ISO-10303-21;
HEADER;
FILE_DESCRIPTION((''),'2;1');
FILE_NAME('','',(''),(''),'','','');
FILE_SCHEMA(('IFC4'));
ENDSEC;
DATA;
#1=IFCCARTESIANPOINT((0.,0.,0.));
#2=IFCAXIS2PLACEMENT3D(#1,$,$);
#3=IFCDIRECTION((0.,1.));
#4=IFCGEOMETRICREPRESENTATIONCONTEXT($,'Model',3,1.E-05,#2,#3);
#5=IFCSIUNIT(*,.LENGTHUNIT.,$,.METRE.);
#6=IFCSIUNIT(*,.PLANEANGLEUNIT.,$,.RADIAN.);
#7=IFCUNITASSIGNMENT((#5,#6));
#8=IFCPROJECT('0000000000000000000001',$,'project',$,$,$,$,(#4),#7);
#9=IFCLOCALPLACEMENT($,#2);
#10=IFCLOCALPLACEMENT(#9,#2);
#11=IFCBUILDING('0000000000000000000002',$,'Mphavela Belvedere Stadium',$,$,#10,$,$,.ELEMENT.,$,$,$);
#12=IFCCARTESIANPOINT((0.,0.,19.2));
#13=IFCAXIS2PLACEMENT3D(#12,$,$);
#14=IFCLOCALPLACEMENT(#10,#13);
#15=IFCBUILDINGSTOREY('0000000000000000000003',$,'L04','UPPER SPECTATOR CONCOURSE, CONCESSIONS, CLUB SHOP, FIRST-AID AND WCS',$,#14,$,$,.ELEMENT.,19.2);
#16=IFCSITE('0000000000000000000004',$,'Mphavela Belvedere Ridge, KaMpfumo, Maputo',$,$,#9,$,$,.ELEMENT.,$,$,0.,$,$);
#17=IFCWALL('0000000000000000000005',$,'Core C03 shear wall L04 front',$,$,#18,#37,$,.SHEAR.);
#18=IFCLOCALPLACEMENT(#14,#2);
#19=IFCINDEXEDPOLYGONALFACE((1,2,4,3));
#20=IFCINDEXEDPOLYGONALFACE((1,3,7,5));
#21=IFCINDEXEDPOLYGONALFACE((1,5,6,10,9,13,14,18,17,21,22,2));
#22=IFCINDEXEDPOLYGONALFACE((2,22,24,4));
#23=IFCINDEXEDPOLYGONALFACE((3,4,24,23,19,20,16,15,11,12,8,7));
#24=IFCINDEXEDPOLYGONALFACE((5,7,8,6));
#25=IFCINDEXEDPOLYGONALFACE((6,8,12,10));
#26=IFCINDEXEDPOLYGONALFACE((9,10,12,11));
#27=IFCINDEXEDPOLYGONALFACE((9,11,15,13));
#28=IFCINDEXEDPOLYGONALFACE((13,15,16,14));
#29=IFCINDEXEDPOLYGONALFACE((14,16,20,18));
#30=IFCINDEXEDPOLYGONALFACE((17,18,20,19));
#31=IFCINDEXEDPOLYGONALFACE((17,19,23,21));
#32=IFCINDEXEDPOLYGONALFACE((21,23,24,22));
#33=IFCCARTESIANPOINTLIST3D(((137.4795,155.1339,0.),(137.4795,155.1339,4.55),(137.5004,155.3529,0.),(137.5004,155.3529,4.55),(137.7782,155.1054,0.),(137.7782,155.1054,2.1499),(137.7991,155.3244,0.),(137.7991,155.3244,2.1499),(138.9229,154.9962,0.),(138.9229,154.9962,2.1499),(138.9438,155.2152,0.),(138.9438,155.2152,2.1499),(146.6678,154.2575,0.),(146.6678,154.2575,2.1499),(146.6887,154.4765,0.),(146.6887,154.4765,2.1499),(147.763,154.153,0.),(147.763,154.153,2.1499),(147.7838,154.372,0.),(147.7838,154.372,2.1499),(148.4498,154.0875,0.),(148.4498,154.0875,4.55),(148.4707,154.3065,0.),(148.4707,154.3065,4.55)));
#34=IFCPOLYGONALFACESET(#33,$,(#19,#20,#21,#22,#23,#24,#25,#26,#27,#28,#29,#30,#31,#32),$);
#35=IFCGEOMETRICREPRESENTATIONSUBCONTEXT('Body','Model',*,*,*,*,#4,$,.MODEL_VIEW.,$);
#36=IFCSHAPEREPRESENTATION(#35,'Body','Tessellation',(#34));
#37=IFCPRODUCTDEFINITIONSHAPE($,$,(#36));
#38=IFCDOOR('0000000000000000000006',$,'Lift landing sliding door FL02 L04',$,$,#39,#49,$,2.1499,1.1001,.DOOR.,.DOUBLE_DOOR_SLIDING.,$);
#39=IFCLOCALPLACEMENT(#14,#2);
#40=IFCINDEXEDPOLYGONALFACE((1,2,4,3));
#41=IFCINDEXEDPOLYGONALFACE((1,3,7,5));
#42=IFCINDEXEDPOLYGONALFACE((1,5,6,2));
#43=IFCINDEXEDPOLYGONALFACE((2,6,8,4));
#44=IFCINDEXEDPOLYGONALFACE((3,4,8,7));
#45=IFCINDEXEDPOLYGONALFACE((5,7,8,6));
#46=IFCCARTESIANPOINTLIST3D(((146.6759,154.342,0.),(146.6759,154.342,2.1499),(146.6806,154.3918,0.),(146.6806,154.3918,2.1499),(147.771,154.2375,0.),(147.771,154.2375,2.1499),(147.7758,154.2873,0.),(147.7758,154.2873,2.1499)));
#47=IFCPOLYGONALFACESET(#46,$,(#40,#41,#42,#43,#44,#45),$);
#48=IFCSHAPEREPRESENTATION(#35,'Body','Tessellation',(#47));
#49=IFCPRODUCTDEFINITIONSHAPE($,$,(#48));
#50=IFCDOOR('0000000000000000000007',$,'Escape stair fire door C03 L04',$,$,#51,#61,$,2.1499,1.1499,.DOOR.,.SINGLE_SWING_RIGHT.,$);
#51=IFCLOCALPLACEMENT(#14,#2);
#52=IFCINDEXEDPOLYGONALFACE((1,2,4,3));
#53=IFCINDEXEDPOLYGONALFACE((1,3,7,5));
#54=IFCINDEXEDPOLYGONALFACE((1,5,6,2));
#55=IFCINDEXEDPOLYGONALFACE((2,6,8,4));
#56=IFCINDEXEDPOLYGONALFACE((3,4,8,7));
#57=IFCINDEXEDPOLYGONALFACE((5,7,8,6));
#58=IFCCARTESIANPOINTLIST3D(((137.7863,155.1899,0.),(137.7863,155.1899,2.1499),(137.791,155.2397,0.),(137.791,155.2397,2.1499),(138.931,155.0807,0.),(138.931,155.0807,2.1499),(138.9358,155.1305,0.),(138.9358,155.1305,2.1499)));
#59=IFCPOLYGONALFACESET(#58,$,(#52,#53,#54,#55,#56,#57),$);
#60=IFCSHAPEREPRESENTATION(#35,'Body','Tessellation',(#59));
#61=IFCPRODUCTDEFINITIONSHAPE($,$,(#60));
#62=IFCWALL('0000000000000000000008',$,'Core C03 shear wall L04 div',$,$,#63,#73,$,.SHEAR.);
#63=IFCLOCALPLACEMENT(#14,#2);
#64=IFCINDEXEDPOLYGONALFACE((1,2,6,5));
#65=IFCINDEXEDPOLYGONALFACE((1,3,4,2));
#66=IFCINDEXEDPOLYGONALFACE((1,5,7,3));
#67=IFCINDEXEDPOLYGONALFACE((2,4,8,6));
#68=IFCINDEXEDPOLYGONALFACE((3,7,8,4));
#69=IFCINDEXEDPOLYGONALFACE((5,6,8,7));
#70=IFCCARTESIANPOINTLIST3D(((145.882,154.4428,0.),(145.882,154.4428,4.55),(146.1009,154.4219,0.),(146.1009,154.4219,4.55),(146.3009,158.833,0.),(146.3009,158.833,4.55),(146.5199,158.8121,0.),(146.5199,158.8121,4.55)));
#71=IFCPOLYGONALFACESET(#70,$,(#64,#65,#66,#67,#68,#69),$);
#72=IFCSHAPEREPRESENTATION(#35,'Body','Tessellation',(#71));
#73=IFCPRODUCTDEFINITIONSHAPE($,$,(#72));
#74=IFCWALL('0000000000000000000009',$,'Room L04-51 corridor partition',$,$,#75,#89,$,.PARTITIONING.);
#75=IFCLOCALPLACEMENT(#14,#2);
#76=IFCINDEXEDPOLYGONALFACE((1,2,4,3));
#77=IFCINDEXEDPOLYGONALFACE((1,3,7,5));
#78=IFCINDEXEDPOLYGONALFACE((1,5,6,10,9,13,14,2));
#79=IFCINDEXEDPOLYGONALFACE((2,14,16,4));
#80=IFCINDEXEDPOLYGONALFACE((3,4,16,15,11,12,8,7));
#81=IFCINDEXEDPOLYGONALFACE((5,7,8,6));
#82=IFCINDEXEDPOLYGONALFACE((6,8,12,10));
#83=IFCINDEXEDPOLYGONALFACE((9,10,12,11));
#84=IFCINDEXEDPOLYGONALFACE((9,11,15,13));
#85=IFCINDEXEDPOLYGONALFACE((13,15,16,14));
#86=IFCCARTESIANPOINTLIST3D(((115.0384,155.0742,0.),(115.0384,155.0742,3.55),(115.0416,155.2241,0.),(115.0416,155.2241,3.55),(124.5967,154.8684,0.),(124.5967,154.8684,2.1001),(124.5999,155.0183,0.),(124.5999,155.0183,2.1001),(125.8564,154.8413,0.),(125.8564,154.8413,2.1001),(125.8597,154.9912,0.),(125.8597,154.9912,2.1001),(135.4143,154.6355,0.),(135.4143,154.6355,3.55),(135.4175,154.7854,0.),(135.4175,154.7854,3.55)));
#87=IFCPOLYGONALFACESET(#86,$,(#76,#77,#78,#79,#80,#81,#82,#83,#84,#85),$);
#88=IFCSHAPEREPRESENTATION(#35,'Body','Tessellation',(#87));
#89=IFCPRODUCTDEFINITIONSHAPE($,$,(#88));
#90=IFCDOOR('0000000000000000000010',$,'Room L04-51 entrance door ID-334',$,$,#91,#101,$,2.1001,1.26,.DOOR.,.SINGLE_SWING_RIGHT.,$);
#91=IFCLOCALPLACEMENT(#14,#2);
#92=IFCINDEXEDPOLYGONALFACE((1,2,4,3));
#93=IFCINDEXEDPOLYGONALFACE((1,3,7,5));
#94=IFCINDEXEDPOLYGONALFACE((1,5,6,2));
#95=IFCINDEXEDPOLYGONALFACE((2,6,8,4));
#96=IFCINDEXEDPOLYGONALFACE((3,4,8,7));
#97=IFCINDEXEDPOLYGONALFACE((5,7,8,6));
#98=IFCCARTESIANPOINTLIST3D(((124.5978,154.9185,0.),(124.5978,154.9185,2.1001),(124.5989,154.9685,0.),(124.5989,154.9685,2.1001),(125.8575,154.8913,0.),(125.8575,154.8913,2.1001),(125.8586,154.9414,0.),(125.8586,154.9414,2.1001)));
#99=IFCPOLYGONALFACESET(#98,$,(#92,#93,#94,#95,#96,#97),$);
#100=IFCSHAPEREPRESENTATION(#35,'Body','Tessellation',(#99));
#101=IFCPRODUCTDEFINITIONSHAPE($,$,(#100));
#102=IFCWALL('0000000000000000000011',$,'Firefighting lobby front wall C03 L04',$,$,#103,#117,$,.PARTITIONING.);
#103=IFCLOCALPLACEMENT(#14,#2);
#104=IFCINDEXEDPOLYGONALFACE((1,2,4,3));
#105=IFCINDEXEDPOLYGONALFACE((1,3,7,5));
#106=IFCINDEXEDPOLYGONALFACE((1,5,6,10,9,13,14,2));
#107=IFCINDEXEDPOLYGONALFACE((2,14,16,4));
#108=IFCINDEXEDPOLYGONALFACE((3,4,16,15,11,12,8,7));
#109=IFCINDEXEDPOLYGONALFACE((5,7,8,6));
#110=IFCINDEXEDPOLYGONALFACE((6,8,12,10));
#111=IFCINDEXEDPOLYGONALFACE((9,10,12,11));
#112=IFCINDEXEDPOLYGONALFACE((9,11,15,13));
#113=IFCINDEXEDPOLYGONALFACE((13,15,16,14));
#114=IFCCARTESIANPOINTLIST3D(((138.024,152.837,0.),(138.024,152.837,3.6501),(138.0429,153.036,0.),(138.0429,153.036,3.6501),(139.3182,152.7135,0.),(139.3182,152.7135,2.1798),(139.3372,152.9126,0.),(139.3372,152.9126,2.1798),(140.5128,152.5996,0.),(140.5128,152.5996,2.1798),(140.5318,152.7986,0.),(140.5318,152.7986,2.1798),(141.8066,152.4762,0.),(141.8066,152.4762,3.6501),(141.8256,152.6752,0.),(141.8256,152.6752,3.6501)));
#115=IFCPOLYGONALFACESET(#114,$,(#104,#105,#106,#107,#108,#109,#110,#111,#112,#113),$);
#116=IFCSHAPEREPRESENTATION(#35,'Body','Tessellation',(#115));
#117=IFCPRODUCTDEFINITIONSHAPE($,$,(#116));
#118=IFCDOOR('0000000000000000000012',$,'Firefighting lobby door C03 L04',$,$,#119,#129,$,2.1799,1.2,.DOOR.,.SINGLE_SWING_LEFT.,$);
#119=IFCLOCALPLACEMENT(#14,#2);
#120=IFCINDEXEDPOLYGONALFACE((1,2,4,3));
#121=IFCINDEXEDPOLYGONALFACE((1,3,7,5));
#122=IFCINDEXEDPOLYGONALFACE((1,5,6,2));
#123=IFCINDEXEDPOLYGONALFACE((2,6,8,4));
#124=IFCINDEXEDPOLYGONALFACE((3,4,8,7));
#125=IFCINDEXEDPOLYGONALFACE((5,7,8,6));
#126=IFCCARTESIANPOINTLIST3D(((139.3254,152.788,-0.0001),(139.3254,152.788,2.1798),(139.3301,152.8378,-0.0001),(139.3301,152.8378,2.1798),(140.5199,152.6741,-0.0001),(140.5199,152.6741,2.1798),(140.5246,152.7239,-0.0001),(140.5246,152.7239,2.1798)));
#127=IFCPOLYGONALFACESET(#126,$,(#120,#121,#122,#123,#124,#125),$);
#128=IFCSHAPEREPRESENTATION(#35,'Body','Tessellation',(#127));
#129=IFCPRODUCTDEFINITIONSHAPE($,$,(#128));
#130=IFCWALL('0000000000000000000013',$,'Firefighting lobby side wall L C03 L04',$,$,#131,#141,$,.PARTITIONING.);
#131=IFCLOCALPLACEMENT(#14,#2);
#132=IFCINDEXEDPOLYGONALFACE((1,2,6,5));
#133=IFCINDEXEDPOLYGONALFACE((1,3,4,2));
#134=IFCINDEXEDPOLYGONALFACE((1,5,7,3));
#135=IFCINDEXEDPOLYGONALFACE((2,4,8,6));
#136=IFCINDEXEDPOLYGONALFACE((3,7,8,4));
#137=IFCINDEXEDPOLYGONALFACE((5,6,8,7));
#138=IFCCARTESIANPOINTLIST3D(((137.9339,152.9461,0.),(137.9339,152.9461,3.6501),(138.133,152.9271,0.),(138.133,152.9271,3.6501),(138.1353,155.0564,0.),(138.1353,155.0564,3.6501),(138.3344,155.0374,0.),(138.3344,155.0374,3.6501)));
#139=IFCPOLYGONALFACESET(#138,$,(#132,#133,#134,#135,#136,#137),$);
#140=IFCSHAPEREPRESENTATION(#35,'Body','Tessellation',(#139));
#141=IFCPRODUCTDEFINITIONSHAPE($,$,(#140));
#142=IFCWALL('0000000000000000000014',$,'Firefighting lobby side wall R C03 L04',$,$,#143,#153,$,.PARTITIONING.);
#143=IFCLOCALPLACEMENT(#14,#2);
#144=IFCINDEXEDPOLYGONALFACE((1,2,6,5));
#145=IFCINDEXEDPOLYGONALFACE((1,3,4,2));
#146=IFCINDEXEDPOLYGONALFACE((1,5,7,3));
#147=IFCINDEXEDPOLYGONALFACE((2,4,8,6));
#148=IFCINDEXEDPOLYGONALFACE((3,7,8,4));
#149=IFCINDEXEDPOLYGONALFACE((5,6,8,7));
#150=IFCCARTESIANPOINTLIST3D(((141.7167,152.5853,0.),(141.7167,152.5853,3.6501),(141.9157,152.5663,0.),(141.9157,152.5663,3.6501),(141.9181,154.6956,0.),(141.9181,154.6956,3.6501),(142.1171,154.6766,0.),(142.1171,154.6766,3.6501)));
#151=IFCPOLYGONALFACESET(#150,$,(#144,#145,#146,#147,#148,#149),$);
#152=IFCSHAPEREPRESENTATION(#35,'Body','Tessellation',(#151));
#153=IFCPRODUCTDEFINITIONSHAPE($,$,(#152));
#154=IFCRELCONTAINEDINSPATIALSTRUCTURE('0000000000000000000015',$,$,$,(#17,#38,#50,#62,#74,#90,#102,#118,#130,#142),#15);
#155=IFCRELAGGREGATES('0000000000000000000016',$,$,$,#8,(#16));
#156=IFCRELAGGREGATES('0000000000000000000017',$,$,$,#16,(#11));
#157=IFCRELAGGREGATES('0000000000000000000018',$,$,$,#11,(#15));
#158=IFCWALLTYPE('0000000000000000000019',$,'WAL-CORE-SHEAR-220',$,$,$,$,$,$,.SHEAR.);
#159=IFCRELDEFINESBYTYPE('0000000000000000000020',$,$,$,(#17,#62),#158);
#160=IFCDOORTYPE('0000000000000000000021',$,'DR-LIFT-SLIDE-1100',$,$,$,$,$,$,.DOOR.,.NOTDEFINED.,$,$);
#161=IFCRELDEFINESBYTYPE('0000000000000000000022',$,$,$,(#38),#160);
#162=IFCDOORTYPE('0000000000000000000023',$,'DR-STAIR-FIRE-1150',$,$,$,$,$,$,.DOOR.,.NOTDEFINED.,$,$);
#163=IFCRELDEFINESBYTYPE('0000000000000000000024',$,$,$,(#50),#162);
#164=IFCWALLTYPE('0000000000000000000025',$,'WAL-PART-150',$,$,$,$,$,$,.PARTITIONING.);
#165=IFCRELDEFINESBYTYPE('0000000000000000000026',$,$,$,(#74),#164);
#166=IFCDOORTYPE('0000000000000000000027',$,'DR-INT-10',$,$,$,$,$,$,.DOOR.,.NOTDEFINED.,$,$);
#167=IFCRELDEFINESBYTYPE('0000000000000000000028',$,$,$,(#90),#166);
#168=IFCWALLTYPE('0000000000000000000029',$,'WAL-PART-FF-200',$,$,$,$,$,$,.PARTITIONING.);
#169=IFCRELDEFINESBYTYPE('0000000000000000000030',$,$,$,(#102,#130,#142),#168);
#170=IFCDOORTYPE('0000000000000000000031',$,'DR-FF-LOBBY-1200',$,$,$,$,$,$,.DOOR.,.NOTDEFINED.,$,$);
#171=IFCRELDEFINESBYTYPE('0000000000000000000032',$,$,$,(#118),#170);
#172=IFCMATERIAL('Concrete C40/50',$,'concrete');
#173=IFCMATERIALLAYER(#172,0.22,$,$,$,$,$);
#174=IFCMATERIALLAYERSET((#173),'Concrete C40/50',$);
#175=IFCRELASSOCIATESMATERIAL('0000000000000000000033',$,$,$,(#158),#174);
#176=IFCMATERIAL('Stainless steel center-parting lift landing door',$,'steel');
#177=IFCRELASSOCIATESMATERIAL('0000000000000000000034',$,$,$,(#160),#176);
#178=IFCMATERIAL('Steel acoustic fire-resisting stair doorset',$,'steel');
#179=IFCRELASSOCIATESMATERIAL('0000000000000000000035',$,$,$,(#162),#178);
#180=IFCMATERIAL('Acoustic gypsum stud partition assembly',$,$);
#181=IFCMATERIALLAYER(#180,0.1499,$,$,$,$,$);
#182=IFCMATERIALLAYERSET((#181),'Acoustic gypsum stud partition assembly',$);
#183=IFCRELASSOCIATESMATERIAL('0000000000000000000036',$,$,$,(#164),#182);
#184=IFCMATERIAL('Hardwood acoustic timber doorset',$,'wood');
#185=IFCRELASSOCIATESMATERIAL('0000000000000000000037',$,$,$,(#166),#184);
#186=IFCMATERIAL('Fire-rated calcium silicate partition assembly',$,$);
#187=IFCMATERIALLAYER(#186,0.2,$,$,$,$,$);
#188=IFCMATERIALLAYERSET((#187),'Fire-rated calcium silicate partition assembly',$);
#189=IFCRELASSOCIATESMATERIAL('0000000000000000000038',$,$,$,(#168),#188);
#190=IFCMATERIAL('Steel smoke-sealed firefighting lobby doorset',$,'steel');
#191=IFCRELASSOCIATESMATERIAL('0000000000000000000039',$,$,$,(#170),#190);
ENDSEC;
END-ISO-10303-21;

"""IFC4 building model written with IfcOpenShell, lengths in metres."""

from ifc_helpers import new_model, si_unit, direction, frame, frame_2d, origin, place, context, subcontext, project, spatial, rectangle, extrude, material, layer, layer_set, type_object, element, fill, save


model = new_model("IFC4")

# Units and contexts
model_context = context("Model", 3, precision=1e-05, world=origin(), true_north=direction((0.0, 1.0)))
body_context = subcontext(model_context, "Body", "Model", "MODEL_VIEW")
ifc_project = project(units=[si_unit("LENGTHUNIT", "METRE"), si_unit("PLANEANGLEUNIT", "RADIAN")], contexts=[model_context])

# Site, building, storey
site_placement = place(None, origin())
site = spatial("IfcSite", under=ifc_project, at=site_placement, Name="Mphavela Belvedere Ridge, KaMpfumo, Maputo", CompositionType="ELEMENT", RefElevation=0.0)
building_placement = place(site_placement, origin())
building = spatial("IfcBuilding", under=site, at=building_placement, Name="Mphavela Belvedere Stadium", CompositionType="ELEMENT")
storey_placement = place(building_placement, frame((0.0, 0.0, 19.2)))
storey = spatial("IfcBuildingStorey", under=building, at=storey_placement, Name="L04", Description="UPPER SPECTATOR CONCOURSE, CONCESSIONS, CLUB SHOP, FIRST-AID AND WCS", CompositionType="ELEMENT", Elevation=19.2)

# Shared definitions
ifc_material_1 = material(Name="Concrete C40/50", Category="concrete")
ifc_layer_1 = layer(ifc_material_1, 0.22)
ifc_layer_set_1 = layer_set([ifc_layer_1], Name="Concrete C40/50")
wall_type_1 = type_object("IfcWallType", Name="WAL-CORE-SHEAR-220", PredefinedType="SHEAR", material=ifc_layer_set_1)

# Wall, openings, doors
wall_1_placement = place(storey_placement, frame((137.49, 155.2434, 0.0), z_axis=(0.0, 0.0, 1.0), x_axis=(0.995482, -0.094953, 0.0)))
wall_1 = element("IfcWall", 1, at=wall_1_placement, inside=storey, type_object=wall_type_1, Name="Core C03 shear wall L04 front", PredefinedType="SHEAR", context=body_context, shape_type="SweptSolid", body=[
    extrude(rectangle(XDim=11.02, YDim=0.22, at=frame_2d((5.51, 0.0))), origin(), (0.0, 0.0, 1.0), 4.55),
])
opening_1_placement = place(wall_1_placement, frame((0.3, 0.0, 0.0)))
opening_1 = element("IfcOpeningElement", 2, at=opening_1_placement, cuts=wall_1, PredefinedType="OPENING", context=body_context, shape_type="SweptSolid", body=[
    extrude(rectangle(XDim=1.1499, YDim=2.1499, at=frame_2d((0.575, 1.075))), frame((0.0, 0.1201, 0.0), z_axis=(0.0, -1.0, 0.0), x_axis=(1.0, 0.0, 0.0)), (0.0, 0.0, 1.0), 0.24),
])
opening_2_placement = place(wall_1_placement, frame((9.23, 0.0, 0.0)))
opening_2 = element("IfcOpeningElement", 3, at=opening_2_placement, cuts=wall_1, PredefinedType="OPENING", context=body_context, shape_type="SweptSolid", body=[
    extrude(rectangle(XDim=1.1001, YDim=2.1499, at=frame_2d((0.55, 1.075))), frame((0.0, 0.1201, 0.0), z_axis=(0.0, -1.0, 0.0), x_axis=(1.0, 0.0, 0.0)), (0.0, 0.0, 1.0), 0.24),
])
ifc_material_2 = material(Name="Stainless steel center-parting lift landing door", Category="steel")
door_type_1 = type_object("IfcDoorType", Name="DR-LIFT-SLIDE-1100", OperationType="NOTDEFINED", PredefinedType="DOOR", material=ifc_material_2)
door_1_placement = place(opening_2_placement, origin())
door_1 = element("IfcDoor", 4, at=door_1_placement, inside=storey, type_object=door_type_1, Name="Lift landing sliding door FL02 L04", OperationType="DOUBLE_DOOR_SLIDING", OverallHeight=2.1499, OverallWidth=1.1001, PredefinedType="DOOR", context=body_context, shape_type="SweptSolid", body=[
    extrude(rectangle(XDim=1.1001, YDim=2.1499, at=frame_2d((0.55, 1.075))), frame((0.0, 0.0249, 0.0), z_axis=(0.0, -1.0, 0.0), x_axis=(1.0, 0.0, 0.0)), (0.0, 0.0, 1.0), 0.05),
])
fill(opening_2, door_1)
ifc_material_3 = material(Name="Steel acoustic fire-resisting stair doorset", Category="steel")
door_type_2 = type_object("IfcDoorType", Name="DR-STAIR-FIRE-1150", OperationType="NOTDEFINED", PredefinedType="DOOR", material=ifc_material_3)
door_2_placement = place(opening_1_placement, origin())
door_2 = element("IfcDoor", 5, at=door_2_placement, inside=storey, type_object=door_type_2, Name="Escape stair fire door C03 L04", OperationType="SINGLE_SWING_RIGHT", OverallHeight=2.1499, OverallWidth=1.1499, PredefinedType="DOOR", context=body_context, shape_type="SweptSolid", body=[
    extrude(rectangle(XDim=1.1499, YDim=2.1499, at=frame_2d((0.575, 1.075))), frame((0.0, 0.0249, 0.0), z_axis=(0.0, -1.0, 0.0), x_axis=(1.0, 0.0, 0.0)), (0.0, 0.0, 1.0), 0.05),
])
fill(opening_1, door_2)

# Wall
wall_2_placement = place(storey_placement, frame((145.9915, 154.4324, 0.0), z_axis=(0.0, 0.0, 1.0), x_axis=(0.094997, 0.995478, 0.0)))
element("IfcWall", 6, at=wall_2_placement, inside=storey, type_object=wall_type_1, Name="Core C03 shear wall L04 div", PredefinedType="SHEAR", context=body_context, shape_type="SweptSolid", body=[
    extrude(rectangle(XDim=4.4102, YDim=0.22, at=frame_2d((2.2051, 0.0))), origin(), (0.0, 0.0, 1.0), 4.55),
])

# Walls, openings, doors
ifc_material_4 = material(Name="Acoustic gypsum stud partition assembly")
ifc_layer_2 = layer(ifc_material_4, 0.1499)
ifc_layer_set_2 = layer_set([ifc_layer_2], Name="Acoustic gypsum stud partition assembly")
wall_type_2 = type_object("IfcWallType", Name="WAL-PART-150", PredefinedType="PARTITIONING", material=ifc_layer_set_2)
wall_3_placement = place(storey_placement, frame((135.416, 154.7104, 0.0), z_axis=(0.0, 0.0, 1.0), x_axis=(-0.999768, 0.021526, 0.0)))
wall_3 = element("IfcWall", 7, at=wall_3_placement, inside=storey, type_object=wall_type_2, Name="Room L04-51 corridor partition", PredefinedType="PARTITIONING", context=body_context, shape_type="SweptSolid", body=[
    extrude(rectangle(XDim=20.3806, YDim=0.1499, at=frame_2d((10.1904, 0.0))), origin(), (0.0, 0.0, 1.0), 3.55),
])
opening_3_placement = place(wall_3_placement, frame((9.5603, 0.0, 0.0)))
opening_3 = element("IfcOpeningElement", 8, at=opening_3_placement, cuts=wall_3, PredefinedType="OPENING", context=body_context, shape_type="SweptSolid", body=[
    extrude(rectangle(XDim=1.26, YDim=2.1001, at=frame_2d((0.6299, 1.05))), frame((0.0, 0.085, 0.0), z_axis=(0.0, -1.0, 0.0), x_axis=(1.0, 0.0, 0.0)), (0.0, 0.0, 1.0), 0.1699),
])
ifc_material_5 = material(Name="Hardwood acoustic timber doorset", Category="wood")
door_type_3 = type_object("IfcDoorType", Name="DR-INT-10", OperationType="NOTDEFINED", PredefinedType="DOOR", material=ifc_material_5)
door_3_placement = place(opening_3_placement, origin())
door_3 = element("IfcDoor", 9, at=door_3_placement, inside=storey, type_object=door_type_3, Name="Room L04-51 entrance door ID-334", OperationType="SINGLE_SWING_RIGHT", OverallHeight=2.1001, OverallWidth=1.26, PredefinedType="DOOR", context=body_context, shape_type="SweptSolid", body=[
    extrude(rectangle(XDim=1.26, YDim=2.1001, at=frame_2d((0.6299, 1.05))), frame((0.0, 0.0249, 0.0), z_axis=(0.0, -1.0, 0.0), x_axis=(1.0, 0.0, 0.0)), (0.0, 0.0, 1.0), 0.05),
])
fill(opening_3, door_3)
ifc_material_6 = material(Name="Fire-rated calcium silicate partition assembly")
ifc_layer_3 = layer(ifc_material_6, 0.2)
ifc_layer_set_3 = layer_set([ifc_layer_3], Name="Fire-rated calcium silicate partition assembly")
wall_type_3 = type_object("IfcWallType", Name="WAL-PART-FF-200", PredefinedType="PARTITIONING", material=ifc_layer_set_3)
wall_4_placement = place(storey_placement, frame((138.0334, 152.9365, 0.0), z_axis=(0.0, 0.0, 1.0), x_axis=(0.995481, -0.094961, 0.0)))
wall_4 = element("IfcWall", 10, at=wall_4_placement, inside=storey, type_object=wall_type_3, Name="Firefighting lobby front wall C03 L04", PredefinedType="PARTITIONING", context=body_context, shape_type="SweptSolid", body=[
    extrude(rectangle(XDim=3.7998, YDim=0.2, at=frame_2d((1.8999, 0.0))), origin(), (0.0, 0.0, 1.0), 3.6501),
])
opening_4_placement = place(wall_4_placement, frame((1.3, 0.0, 0.0)))
opening_4 = element("IfcOpeningElement", 11, at=opening_4_placement, cuts=wall_4, PredefinedType="OPENING", context=body_context, shape_type="SweptSolid", body=[
    extrude(rectangle(XDim=1.2, YDim=2.1799, at=frame_2d((0.6001, 1.0898))), frame((0.0, 0.1099, 0.0), z_axis=(0.0, -1.0, 0.0), x_axis=(1.0, 0.0, 0.0)), (0.0, 0.0, 1.0), 0.22),
])
ifc_material_7 = material(Name="Steel smoke-sealed firefighting lobby doorset", Category="steel")
door_type_4 = type_object("IfcDoorType", Name="DR-FF-LOBBY-1200", OperationType="NOTDEFINED", PredefinedType="DOOR", material=ifc_material_7)
door_4_placement = place(opening_4_placement, origin())
door_4 = element("IfcDoor", 12, at=door_4_placement, inside=storey, type_object=door_type_4, Name="Firefighting lobby door C03 L04", OperationType="SINGLE_SWING_LEFT", OverallHeight=2.1799, OverallWidth=1.2, PredefinedType="DOOR", context=body_context, shape_type="SweptSolid", body=[
    extrude(rectangle(XDim=1.2, YDim=2.1799, at=frame_2d((0.6001, 1.0898))), frame((0.0, 0.0249, 0.0), z_axis=(0.0, -1.0, 0.0), x_axis=(1.0, 0.0, 0.0)), (0.0, 0.0, 1.0), 0.05),
])
fill(opening_4, door_4)

# Walls
for number, where, z_axis, x_axis, name in (
    (13, (138.0334, 152.9365, 0.0), (0.0, 0.0, 1.0), (0.09501, 0.995476, 0.0), "Firefighting lobby side wall L C03 L04"),
    (14, (141.8162, 152.5757, 0.0), (0.0, 0.0, 1.0), (0.09501, 0.995476, 0.0), "Firefighting lobby side wall R C03 L04"),
):
    element("IfcWall", number, at=place(storey_placement, frame(where, z_axis=z_axis, x_axis=x_axis)), inside=storey, type_object=wall_type_3, Name=name, PredefinedType="PARTITIONING", context=body_context, shape_type="SweptSolid", body=[
        extrude(rectangle(XDim=2.1199, YDim=0.2, at=frame_2d((1.0601, 0.0))), origin(), (0.0, 0.0, 1.0), 3.6501),
    ])

save(model, "model.ifc")
